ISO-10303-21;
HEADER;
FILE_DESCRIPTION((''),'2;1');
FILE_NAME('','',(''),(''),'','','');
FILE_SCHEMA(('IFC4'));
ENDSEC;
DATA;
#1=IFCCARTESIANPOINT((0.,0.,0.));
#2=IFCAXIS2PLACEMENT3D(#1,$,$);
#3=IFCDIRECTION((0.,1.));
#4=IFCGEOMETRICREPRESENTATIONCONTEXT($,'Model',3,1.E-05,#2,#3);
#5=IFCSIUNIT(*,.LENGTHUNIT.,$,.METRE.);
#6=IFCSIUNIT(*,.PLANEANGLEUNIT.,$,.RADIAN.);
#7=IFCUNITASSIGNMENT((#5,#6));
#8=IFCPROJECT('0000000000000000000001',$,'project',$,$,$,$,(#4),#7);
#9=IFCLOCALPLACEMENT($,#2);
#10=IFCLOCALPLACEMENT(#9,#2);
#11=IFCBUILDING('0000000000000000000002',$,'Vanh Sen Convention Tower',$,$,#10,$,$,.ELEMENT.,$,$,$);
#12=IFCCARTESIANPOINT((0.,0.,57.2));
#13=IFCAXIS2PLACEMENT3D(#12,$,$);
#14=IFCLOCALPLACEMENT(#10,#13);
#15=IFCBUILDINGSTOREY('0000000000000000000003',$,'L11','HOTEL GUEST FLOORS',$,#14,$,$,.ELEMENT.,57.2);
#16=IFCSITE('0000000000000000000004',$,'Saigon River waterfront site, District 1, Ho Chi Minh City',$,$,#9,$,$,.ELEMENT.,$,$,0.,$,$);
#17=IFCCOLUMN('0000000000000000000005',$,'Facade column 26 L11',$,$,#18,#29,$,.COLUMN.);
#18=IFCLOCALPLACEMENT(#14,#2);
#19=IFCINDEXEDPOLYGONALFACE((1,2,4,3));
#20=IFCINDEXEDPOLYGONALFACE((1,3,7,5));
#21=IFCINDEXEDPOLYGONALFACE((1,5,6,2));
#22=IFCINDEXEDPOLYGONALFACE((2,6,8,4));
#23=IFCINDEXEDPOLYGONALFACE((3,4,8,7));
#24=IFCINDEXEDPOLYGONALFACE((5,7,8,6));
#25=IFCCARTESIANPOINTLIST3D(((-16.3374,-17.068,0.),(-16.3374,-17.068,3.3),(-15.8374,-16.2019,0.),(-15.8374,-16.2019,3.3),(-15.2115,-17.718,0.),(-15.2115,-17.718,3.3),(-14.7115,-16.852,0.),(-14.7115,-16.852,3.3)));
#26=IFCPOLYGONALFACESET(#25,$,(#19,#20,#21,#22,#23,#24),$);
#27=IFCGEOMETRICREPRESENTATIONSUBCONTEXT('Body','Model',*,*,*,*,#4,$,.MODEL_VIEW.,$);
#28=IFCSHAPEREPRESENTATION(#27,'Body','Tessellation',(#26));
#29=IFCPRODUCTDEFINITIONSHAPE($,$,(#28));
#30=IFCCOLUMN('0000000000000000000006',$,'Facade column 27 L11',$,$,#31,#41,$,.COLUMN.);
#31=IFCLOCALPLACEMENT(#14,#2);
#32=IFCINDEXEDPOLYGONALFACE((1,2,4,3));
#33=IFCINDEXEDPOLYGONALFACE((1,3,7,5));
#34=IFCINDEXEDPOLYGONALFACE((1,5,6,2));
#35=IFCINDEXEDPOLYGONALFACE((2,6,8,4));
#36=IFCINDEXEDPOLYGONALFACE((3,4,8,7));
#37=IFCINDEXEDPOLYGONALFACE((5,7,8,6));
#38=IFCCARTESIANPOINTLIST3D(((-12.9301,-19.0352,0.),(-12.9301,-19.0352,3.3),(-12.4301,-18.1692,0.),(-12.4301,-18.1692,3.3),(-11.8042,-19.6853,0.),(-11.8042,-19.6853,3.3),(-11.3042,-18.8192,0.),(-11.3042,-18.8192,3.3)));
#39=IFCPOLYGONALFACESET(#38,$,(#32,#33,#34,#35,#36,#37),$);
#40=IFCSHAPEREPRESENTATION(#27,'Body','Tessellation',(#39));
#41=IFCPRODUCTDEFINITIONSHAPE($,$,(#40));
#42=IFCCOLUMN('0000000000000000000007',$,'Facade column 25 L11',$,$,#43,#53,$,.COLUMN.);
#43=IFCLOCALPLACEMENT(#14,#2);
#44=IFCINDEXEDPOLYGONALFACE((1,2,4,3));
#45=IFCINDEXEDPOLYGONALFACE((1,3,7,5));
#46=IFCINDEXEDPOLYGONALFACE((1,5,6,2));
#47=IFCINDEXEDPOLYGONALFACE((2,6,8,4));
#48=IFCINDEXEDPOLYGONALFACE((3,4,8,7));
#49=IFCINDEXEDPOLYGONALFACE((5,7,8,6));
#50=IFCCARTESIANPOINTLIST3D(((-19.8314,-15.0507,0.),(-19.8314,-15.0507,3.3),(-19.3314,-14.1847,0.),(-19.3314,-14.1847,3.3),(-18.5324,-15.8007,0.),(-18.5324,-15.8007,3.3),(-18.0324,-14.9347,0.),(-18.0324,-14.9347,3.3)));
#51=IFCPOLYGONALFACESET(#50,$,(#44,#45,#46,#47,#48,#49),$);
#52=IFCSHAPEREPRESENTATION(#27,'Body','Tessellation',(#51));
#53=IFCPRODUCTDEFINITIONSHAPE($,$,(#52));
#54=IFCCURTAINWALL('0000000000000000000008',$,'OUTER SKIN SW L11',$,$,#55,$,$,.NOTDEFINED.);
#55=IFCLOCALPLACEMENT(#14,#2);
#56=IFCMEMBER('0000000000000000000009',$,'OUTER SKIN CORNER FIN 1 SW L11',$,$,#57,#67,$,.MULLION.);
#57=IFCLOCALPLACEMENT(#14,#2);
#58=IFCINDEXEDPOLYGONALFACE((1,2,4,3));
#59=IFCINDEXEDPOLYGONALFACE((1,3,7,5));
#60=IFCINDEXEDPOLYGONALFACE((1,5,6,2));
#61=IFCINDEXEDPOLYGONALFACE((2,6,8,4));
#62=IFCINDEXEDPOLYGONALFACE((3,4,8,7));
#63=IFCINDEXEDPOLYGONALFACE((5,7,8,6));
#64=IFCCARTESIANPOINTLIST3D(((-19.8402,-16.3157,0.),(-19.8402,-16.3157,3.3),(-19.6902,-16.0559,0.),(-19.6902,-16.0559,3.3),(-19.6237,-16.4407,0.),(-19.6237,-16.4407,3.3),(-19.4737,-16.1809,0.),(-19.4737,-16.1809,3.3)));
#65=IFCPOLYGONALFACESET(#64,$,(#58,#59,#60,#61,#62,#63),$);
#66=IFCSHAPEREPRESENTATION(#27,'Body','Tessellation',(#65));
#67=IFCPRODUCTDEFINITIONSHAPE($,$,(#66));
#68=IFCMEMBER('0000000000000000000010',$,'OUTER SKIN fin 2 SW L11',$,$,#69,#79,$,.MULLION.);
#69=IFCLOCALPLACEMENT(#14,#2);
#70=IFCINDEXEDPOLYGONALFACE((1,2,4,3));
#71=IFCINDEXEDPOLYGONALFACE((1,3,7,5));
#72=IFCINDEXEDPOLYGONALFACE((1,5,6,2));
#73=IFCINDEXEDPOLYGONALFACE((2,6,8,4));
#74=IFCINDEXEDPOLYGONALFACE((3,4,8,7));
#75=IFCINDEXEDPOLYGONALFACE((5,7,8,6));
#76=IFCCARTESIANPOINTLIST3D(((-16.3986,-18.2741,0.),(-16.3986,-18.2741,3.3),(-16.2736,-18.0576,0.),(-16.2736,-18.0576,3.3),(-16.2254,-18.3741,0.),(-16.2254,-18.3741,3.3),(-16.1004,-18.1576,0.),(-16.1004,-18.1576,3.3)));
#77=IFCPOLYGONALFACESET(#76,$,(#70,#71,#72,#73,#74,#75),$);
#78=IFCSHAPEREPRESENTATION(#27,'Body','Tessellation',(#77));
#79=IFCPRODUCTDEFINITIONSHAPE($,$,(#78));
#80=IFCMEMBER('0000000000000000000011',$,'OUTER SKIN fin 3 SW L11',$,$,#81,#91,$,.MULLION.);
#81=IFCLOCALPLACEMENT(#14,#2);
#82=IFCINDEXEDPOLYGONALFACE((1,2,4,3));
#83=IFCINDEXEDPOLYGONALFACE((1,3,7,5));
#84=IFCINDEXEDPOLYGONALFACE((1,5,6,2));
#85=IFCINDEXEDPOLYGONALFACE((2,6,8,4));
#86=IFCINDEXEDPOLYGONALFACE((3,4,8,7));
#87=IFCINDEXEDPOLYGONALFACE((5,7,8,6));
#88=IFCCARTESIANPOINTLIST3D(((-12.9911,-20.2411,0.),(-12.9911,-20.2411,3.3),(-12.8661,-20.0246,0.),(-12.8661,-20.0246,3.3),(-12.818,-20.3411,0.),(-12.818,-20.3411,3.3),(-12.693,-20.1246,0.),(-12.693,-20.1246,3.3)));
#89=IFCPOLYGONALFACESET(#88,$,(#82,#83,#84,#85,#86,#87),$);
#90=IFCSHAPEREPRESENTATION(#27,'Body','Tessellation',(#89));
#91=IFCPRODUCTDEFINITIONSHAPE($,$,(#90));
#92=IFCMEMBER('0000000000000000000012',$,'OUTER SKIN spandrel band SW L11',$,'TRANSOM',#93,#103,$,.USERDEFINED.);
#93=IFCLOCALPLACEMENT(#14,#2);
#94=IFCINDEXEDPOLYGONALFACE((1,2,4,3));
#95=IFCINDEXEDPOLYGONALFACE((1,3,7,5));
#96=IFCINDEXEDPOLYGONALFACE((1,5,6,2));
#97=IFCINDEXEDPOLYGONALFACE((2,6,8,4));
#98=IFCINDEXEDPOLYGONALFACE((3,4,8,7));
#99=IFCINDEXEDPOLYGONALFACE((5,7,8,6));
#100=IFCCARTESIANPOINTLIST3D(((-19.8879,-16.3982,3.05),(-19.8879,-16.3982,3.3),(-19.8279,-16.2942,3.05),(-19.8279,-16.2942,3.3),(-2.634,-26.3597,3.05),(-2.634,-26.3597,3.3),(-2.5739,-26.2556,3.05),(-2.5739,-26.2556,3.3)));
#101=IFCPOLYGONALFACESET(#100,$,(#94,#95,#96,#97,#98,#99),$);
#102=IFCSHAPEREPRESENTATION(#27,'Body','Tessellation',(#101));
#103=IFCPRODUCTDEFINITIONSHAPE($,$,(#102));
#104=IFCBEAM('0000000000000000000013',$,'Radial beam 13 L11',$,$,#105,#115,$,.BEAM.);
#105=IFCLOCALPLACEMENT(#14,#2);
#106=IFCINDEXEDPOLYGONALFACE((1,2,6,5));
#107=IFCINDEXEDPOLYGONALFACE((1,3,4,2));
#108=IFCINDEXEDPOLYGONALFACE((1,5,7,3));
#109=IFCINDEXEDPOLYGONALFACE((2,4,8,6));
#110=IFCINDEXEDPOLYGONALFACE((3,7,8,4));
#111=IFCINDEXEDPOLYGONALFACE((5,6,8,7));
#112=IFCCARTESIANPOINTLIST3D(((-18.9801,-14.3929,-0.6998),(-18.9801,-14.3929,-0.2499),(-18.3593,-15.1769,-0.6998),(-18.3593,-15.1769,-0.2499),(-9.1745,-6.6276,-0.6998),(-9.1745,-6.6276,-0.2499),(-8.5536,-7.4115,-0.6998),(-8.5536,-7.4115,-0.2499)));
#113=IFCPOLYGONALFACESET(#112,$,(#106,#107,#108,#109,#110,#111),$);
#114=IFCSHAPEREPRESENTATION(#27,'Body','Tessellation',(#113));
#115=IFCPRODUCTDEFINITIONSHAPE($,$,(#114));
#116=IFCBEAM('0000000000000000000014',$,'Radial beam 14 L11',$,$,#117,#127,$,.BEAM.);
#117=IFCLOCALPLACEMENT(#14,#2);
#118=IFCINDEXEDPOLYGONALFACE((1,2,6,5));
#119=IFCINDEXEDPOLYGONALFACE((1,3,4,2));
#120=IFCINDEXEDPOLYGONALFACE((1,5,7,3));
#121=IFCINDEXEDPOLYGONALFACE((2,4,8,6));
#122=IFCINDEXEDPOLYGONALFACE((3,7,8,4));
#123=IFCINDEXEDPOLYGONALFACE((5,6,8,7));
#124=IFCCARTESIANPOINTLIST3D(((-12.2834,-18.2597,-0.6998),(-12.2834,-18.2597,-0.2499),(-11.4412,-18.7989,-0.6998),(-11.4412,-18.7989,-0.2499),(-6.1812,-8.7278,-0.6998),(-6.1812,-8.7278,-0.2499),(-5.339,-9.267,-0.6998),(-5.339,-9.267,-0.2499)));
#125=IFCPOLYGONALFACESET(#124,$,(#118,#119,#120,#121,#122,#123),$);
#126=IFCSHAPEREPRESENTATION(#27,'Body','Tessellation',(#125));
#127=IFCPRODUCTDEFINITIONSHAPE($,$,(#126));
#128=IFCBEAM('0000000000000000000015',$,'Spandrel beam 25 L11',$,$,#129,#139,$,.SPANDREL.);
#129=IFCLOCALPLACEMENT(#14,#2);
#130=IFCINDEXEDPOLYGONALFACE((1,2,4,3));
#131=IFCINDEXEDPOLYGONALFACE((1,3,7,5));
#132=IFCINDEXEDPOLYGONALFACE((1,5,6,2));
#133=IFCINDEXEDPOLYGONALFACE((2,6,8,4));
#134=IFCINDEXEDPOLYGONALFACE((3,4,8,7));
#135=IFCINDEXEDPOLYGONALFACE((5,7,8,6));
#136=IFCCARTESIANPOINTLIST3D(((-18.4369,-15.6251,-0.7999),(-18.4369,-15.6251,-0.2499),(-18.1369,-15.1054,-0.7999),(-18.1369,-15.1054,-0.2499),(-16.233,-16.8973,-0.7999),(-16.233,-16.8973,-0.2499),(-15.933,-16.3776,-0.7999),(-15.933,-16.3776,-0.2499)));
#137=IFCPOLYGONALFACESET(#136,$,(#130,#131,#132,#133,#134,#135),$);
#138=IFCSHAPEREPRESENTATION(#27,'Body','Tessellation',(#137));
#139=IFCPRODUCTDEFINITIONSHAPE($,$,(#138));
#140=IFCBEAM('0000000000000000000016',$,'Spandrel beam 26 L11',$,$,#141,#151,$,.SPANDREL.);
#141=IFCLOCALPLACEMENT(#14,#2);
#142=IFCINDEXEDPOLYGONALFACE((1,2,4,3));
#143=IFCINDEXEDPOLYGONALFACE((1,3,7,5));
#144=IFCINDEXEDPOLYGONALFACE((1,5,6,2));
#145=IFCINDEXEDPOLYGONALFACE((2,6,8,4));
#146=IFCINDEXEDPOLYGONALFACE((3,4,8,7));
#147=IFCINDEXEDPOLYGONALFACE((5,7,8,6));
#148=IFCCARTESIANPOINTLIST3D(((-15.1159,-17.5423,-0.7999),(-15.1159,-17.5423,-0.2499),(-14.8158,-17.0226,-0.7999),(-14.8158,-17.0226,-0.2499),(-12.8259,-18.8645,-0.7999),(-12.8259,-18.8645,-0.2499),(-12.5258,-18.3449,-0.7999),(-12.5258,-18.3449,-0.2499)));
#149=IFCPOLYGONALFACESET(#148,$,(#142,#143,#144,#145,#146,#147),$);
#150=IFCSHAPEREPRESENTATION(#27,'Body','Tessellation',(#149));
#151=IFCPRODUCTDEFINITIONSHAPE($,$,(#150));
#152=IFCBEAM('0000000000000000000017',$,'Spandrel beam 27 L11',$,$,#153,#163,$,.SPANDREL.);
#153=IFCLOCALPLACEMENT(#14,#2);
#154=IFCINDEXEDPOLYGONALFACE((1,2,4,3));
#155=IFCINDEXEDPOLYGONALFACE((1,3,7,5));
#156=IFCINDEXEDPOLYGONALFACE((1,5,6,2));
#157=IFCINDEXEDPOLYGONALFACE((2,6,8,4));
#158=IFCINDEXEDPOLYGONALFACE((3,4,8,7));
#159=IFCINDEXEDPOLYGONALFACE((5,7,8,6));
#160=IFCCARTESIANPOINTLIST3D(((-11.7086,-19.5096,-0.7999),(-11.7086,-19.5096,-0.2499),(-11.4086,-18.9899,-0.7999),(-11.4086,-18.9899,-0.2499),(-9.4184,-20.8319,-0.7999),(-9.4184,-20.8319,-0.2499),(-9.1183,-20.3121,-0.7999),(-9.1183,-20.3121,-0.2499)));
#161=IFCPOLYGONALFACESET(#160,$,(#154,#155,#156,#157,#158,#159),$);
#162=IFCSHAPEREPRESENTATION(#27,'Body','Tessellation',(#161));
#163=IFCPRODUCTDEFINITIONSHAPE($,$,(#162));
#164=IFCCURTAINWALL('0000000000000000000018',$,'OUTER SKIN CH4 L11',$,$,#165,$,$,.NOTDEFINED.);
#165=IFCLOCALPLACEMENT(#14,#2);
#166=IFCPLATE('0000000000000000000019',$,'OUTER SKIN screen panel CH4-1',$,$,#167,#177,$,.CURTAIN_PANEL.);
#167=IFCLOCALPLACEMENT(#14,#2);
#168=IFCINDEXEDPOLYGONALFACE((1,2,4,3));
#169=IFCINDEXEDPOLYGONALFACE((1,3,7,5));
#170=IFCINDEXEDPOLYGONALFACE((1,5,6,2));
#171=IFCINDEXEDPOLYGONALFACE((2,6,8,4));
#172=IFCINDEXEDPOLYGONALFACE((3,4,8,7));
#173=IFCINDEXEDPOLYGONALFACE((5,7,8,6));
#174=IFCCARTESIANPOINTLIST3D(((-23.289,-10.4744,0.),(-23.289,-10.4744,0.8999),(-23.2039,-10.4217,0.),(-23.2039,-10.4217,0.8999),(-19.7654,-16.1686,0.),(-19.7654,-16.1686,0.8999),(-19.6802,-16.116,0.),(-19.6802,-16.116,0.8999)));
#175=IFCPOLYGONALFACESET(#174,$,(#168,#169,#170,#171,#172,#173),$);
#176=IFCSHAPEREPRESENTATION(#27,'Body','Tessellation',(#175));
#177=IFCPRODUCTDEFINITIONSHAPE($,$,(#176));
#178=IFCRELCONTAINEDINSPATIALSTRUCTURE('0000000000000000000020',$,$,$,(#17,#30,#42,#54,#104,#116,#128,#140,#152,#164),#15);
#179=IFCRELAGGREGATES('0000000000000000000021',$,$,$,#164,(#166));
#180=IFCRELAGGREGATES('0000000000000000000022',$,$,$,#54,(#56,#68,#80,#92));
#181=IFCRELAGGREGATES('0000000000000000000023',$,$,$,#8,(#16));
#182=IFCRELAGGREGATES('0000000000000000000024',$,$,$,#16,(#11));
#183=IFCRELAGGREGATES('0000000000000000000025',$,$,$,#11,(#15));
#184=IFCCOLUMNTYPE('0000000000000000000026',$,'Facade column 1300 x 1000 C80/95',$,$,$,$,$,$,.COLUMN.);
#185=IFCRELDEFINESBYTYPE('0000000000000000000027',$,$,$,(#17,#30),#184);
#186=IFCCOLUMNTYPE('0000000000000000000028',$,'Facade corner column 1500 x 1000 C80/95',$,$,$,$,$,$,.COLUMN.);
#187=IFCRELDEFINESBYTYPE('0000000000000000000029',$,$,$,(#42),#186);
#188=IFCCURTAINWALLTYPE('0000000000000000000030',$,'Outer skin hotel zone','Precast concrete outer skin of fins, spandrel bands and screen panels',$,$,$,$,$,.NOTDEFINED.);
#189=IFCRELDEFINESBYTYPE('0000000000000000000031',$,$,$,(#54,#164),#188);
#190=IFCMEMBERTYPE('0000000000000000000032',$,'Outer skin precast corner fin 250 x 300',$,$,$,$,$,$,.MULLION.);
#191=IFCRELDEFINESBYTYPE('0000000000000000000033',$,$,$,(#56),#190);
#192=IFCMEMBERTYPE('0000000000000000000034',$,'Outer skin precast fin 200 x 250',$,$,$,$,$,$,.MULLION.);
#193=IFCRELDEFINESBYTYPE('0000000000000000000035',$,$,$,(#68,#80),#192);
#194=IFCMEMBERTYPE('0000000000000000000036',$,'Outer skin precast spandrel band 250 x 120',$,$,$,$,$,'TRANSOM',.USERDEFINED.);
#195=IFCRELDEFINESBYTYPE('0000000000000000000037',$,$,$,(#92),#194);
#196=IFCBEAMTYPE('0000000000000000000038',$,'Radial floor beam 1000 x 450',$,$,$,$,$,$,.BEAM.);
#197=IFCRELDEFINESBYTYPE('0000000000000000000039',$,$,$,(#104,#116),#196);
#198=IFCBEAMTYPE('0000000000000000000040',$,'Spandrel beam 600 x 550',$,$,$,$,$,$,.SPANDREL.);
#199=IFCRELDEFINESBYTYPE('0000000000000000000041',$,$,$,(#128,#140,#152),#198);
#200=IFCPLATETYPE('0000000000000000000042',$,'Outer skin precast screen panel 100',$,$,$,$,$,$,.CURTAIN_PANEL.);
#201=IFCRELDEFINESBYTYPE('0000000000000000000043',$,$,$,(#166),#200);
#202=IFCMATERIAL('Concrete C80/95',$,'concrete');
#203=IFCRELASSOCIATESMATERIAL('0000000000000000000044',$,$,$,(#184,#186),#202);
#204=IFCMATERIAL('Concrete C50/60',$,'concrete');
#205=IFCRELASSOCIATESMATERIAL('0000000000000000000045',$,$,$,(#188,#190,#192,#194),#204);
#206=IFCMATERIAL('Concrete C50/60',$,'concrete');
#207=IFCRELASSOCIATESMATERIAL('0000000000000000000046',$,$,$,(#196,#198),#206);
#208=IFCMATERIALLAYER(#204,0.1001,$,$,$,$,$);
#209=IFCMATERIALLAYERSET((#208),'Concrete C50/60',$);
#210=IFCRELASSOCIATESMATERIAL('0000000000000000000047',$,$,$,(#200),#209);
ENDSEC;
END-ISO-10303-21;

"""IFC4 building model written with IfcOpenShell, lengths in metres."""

from ifc_helpers import new_model, si_unit, direction, frame, origin, origin_2d, place, context, subcontext, project, spatial, rectangle, extrude, material, layer, layer_set, material_profile, profile_set, type_object, element, aggregate, save


model = new_model("IFC4")

# Units and contexts
model_context = context("Model", 3, precision=1e-05, world=origin(), true_north=direction((0.0, 1.0)))
body_context = subcontext(model_context, "Body", "Model", "MODEL_VIEW")
ifc_project = project(units=[si_unit("LENGTHUNIT", "METRE"), si_unit("PLANEANGLEUNIT", "RADIAN")], contexts=[model_context])

# Site, building, storey
site_placement = place(None, origin())
site = spatial("IfcSite", under=ifc_project, at=site_placement, Name="Saigon River waterfront site, District 1, Ho Chi Minh City", CompositionType="ELEMENT", RefElevation=0.0)
building_placement = place(site_placement, origin())
building = spatial("IfcBuilding", under=site, at=building_placement, Name="Vanh Sen Convention Tower", CompositionType="ELEMENT")
storey_placement = place(building_placement, frame((0.0, 0.0, 57.2)))
storey = spatial("IfcBuildingStorey", under=building, at=storey_placement, Name="L11", Description="HOTEL GUEST FLOORS", CompositionType="ELEMENT", Elevation=57.2)

# Columns
ifc_material_1 = material(Name="Concrete C80/95", Category="concrete")
ifc_material_profile_1 = material_profile(ifc_material_1, rectangle(XDim=1.3, YDim=1.0, at=origin_2d()), Name="RC 1300X1000")
ifc_profile_set_1 = profile_set([ifc_material_profile_1], Name="Concrete C80/95")
column_type_1 = type_object("IfcColumnType", Name="Facade column 1300 x 1000 C80/95", PredefinedType="COLUMN", material=ifc_profile_set_1)
for number, where, z_axis, x_axis, name in (
    (1, (-15.5244, -16.96, 0.0), (0.0, 0.0, 1.0), (0.866025, -0.5, 0.0), "Facade column 26 L11"),
    (2, (-12.1172, -18.9272, 0.0), (0.0, 0.0, 1.0), (0.866025, -0.5, 0.0), "Facade column 27 L11"),
):
    element("IfcColumn", number, at=place(storey_placement, frame(where, z_axis=z_axis, x_axis=x_axis)), inside=storey, type_object=column_type_1, Name=name, PredefinedType="COLUMN", context=body_context, shape_type="SweptSolid", body=[
        extrude(rectangle(XDim=1.3, YDim=1.0, at=origin_2d()), origin(), (0.0, 0.0, 1.0), 3.3),
    ])
ifc_material_profile_2 = material_profile(ifc_material_1, rectangle(XDim=1.5, YDim=1.0, at=origin_2d()), Name="RC 1500X1000")
ifc_profile_set_2 = profile_set([ifc_material_profile_2], Name="Concrete C80/95")
column_type_2 = type_object("IfcColumnType", Name="Facade corner column 1500 x 1000 C80/95", PredefinedType="COLUMN", material=ifc_profile_set_2)
column_placement = place(storey_placement, frame((-18.9319, -14.9927, 0.0), z_axis=(0.0, 0.0, 1.0), x_axis=(0.866025, -0.5, 0.0)))
element("IfcColumn", 3, at=column_placement, inside=storey, type_object=column_type_2, Name="Facade column 25 L11", PredefinedType="COLUMN", context=body_context, shape_type="SweptSolid", body=[
    extrude(rectangle(XDim=1.5, YDim=1.0, at=origin_2d()), origin(), (0.0, 0.0, 1.0), 3.3),
])

# Curtain wall, members
ifc_material_2 = material(Name="Concrete C50/60", Category="concrete")
curtain_wall_type = type_object("IfcCurtainWallType", Name="Outer skin hotel zone", Description="Precast concrete outer skin of fins, spandrel bands and screen panels", PredefinedType="NOTDEFINED", material=ifc_material_2)
curtain_wall_1_placement = place(storey_placement, origin())
curtain_wall_1 = element("IfcCurtainWall", 4, at=curtain_wall_1_placement, inside=storey, type_object=curtain_wall_type, Name="OUTER SKIN SW L11", PredefinedType="NOTDEFINED")
ifc_material_profile_3 = material_profile(ifc_material_2, rectangle(XDim=0.25, YDim=0.3, at=origin_2d()), Name="Outer skin precast corner fin 250 x 300")
ifc_profile_set_3 = profile_set([ifc_material_profile_3], Name="Concrete C50/60")
member_type_1 = type_object("IfcMemberType", Name="Outer skin precast corner fin 250 x 300", PredefinedType="MULLION", material=ifc_profile_set_3)
member_1_placement = place(storey_placement, frame((-19.657, -16.2483, 0.0), z_axis=(0.0, 0.0, 1.0), x_axis=(0.866025, -0.5, 0.0)))
member_1 = element("IfcMember", 5, at=member_1_placement, type_object=member_type_1, Name="OUTER SKIN CORNER FIN 1 SW L11", PredefinedType="MULLION", context=body_context, shape_type="SweptSolid", body=[
    extrude(rectangle(XDim=0.25, YDim=0.3, at=origin_2d()), origin(), (0.0, 0.0, 1.0), 3.3),
])
ifc_material_profile_4 = material_profile(ifc_material_2, rectangle(XDim=0.2, YDim=0.25, at=origin_2d()), Name="Outer skin precast fin 200 x 250")
ifc_profile_set_4 = profile_set([ifc_material_profile_4], Name="Concrete C50/60")
member_type_2 = type_object("IfcMemberType", Name="Outer skin precast fin 200 x 250", PredefinedType="MULLION", material=ifc_profile_set_4)
member_2_placement = place(storey_placement, frame((-16.2495, -18.2158, 0.0), z_axis=(0.0, 0.0, 1.0), x_axis=(0.866025, -0.5, 0.0)))
member_2 = element("IfcMember", 6, at=member_2_placement, type_object=member_type_2, Name="OUTER SKIN fin 2 SW L11", PredefinedType="MULLION", context=body_context, shape_type="SweptSolid", body=[
    extrude(rectangle(XDim=0.2, YDim=0.25, at=origin_2d()), origin(), (0.0, 0.0, 1.0), 3.3),
])
member_3_placement = place(storey_placement, frame((-12.842, -20.1829, 0.0), z_axis=(0.0, 0.0, 1.0), x_axis=(0.866025, -0.5, 0.0)))
member_3 = element("IfcMember", 7, at=member_3_placement, type_object=member_type_2, Name="OUTER SKIN fin 3 SW L11", PredefinedType="MULLION", context=body_context, shape_type="SweptSolid", body=[
    extrude(rectangle(XDim=0.2, YDim=0.25, at=origin_2d()), origin(), (0.0, 0.0, 1.0), 3.3),
])
ifc_material_profile_5 = material_profile(ifc_material_2, rectangle(XDim=0.1201, YDim=0.25, at=origin_2d()), Name="Outer skin precast spandrel band 250 x 120")
ifc_profile_set_5 = profile_set([ifc_material_profile_5], Name="Concrete C50/60")
member_type_3 = type_object("IfcMemberType", Name="Outer skin precast spandrel band 250 x 120", ElementType="TRANSOM", PredefinedType="USERDEFINED", material=ifc_profile_set_5)
member_4_placement = place(storey_placement, frame((-19.8579, -16.3462, 3.175), z_axis=(0.866028, -0.499995, 0.0), x_axis=(0.499995, 0.866028, 0.0)))
member_4 = element("IfcMember", 8, at=member_4_placement, type_object=member_type_3, Name="OUTER SKIN spandrel band SW L11", ObjectType="TRANSOM", PredefinedType="USERDEFINED", context=body_context, shape_type="SweptSolid", body=[
    extrude(rectangle(XDim=0.1201, YDim=0.25, at=origin_2d()), origin(), (0.0, 0.0, 1.0), 19.9231),
])

# Beams
ifc_material_3 = material(Name="Concrete C50/60", Category="concrete")
ifc_material_profile_6 = material_profile(ifc_material_3, rectangle(XDim=1.0, YDim=0.45, at=origin_2d()), Name="RC 1000X450")
ifc_profile_set_6 = profile_set([ifc_material_profile_6], Name="Concrete C50/60")
beam_type_1 = type_object("IfcBeamType", Name="Radial floor beam 1000 x 450", PredefinedType="BEAM", material=ifc_profile_set_6)
beam_1_placement = place(storey_placement, frame((-18.6697, -14.7849, -0.4749), z_axis=(0.783946, 0.620829, 0.0), x_axis=(-0.620829, 0.783946, 0.0)))
element("IfcBeam", 9, at=beam_1_placement, inside=storey, type_object=beam_type_1, Name="Radial beam 13 L11", PredefinedType="BEAM", context=body_context, shape_type="SweptSolid", body=[
    extrude(rectangle(XDim=1.0, YDim=0.45, at=origin_2d()), origin(), (0.0, 0.0, 1.0), 12.5081),
])
beam_2_placement = place(storey_placement, frame((-11.8623, -18.5293, -0.4749), z_axis=(0.539168, 0.842198, 0.0), x_axis=(-0.842198, 0.539168, 0.0)))
element("IfcBeam", 10, at=beam_2_placement, inside=storey, type_object=beam_type_1, Name="Radial beam 14 L11", PredefinedType="BEAM", context=body_context, shape_type="SweptSolid", body=[
    extrude(rectangle(XDim=1.0, YDim=0.45, at=origin_2d()), origin(), (0.0, 0.0, 1.0), 11.3179),
])
ifc_material_profile_7 = material_profile(ifc_material_3, rectangle(XDim=0.6001, YDim=0.55, at=origin_2d()), Name="RC 600X550")
ifc_profile_set_7 = profile_set([ifc_material_profile_7], Name="Concrete C50/60")
beam_type_2 = type_object("IfcBeamType", Name="Spandrel beam 600 x 550", PredefinedType="SPANDREL", material=ifc_profile_set_7)
beam_3_placement = place(storey_placement, frame((-18.2869, -15.3652, -0.5249), z_axis=(0.866056, -0.499947, 0.0), x_axis=(0.499947, 0.866056, 0.0)))
element("IfcBeam", 11, at=beam_3_placement, inside=storey, type_object=beam_type_2, Name="Spandrel beam 25 L11", PredefinedType="SPANDREL", context=body_context, shape_type="SweptSolid", body=[
    extrude(rectangle(XDim=0.6001, YDim=0.55, at=origin_2d()), origin(), (0.0, 0.0, 1.0), 2.5447),
])
beam_4_placement = place(storey_placement, frame((-14.9658, -17.2825, -0.5249), z_axis=(0.866007, -0.500031, 0.0), x_axis=(0.500031, 0.866007, 0.0)))
element("IfcBeam", 12, at=beam_4_placement, inside=storey, type_object=beam_type_2, Name="Spandrel beam 26 L11", PredefinedType="SPANDREL", context=body_context, shape_type="SweptSolid", body=[
    extrude(rectangle(XDim=0.6001, YDim=0.55, at=origin_2d()), origin(), (0.0, 0.0, 1.0), 2.6443),
])
beam_5_placement = place(storey_placement, frame((-11.5586, -19.2498, -0.5249), z_axis=(0.86603, -0.499991, 0.0), x_axis=(0.499991, 0.86603, 0.0)))
element("IfcBeam", 13, at=beam_5_placement, inside=storey, type_object=beam_type_2, Name="Spandrel beam 27 L11", PredefinedType="SPANDREL", context=body_context, shape_type="SweptSolid", body=[
    extrude(rectangle(XDim=0.6001, YDim=0.55, at=origin_2d()), origin(), (0.0, 0.0, 1.0), 2.6445),
])

# Curtain wall, plate
curtain_wall_2_placement = place(storey_placement, origin())
curtain_wall_2 = element("IfcCurtainWall", 14, at=curtain_wall_2_placement, inside=storey, type_object=curtain_wall_type, Name="OUTER SKIN CH4 L11", PredefinedType="NOTDEFINED")
ifc_layer_1 = layer(ifc_material_2, 0.1001)
ifc_layer_set_1 = layer_set([ifc_layer_1], Name="Concrete C50/60")
plate_type = type_object("IfcPlateType", Name="Outer skin precast screen panel 100", PredefinedType="CURTAIN_PANEL", material=ifc_layer_set_1)
plate_1_placement = place(storey_placement, frame((-21.4846, -13.2952, 0.0), z_axis=(0.0, 0.0, 1.0), x_axis=(0.526205, -0.850358, 0.0)))
plate_1 = element("IfcPlate", 15, at=plate_1_placement, type_object=plate_type, Name="OUTER SKIN screen panel CH4-1", PredefinedType="CURTAIN_PANEL", context=body_context, shape_type="SweptSolid", body=[
    extrude(rectangle(XDim=6.6963, YDim=0.1001, at=origin_2d()), origin(), (0.0, 0.0, 1.0), 0.8999),
])
aggregate(curtain_wall_2, [plate_1])

aggregate(curtain_wall_1, [member_1, member_2, member_3, member_4])

save(model, "model.ifc")
